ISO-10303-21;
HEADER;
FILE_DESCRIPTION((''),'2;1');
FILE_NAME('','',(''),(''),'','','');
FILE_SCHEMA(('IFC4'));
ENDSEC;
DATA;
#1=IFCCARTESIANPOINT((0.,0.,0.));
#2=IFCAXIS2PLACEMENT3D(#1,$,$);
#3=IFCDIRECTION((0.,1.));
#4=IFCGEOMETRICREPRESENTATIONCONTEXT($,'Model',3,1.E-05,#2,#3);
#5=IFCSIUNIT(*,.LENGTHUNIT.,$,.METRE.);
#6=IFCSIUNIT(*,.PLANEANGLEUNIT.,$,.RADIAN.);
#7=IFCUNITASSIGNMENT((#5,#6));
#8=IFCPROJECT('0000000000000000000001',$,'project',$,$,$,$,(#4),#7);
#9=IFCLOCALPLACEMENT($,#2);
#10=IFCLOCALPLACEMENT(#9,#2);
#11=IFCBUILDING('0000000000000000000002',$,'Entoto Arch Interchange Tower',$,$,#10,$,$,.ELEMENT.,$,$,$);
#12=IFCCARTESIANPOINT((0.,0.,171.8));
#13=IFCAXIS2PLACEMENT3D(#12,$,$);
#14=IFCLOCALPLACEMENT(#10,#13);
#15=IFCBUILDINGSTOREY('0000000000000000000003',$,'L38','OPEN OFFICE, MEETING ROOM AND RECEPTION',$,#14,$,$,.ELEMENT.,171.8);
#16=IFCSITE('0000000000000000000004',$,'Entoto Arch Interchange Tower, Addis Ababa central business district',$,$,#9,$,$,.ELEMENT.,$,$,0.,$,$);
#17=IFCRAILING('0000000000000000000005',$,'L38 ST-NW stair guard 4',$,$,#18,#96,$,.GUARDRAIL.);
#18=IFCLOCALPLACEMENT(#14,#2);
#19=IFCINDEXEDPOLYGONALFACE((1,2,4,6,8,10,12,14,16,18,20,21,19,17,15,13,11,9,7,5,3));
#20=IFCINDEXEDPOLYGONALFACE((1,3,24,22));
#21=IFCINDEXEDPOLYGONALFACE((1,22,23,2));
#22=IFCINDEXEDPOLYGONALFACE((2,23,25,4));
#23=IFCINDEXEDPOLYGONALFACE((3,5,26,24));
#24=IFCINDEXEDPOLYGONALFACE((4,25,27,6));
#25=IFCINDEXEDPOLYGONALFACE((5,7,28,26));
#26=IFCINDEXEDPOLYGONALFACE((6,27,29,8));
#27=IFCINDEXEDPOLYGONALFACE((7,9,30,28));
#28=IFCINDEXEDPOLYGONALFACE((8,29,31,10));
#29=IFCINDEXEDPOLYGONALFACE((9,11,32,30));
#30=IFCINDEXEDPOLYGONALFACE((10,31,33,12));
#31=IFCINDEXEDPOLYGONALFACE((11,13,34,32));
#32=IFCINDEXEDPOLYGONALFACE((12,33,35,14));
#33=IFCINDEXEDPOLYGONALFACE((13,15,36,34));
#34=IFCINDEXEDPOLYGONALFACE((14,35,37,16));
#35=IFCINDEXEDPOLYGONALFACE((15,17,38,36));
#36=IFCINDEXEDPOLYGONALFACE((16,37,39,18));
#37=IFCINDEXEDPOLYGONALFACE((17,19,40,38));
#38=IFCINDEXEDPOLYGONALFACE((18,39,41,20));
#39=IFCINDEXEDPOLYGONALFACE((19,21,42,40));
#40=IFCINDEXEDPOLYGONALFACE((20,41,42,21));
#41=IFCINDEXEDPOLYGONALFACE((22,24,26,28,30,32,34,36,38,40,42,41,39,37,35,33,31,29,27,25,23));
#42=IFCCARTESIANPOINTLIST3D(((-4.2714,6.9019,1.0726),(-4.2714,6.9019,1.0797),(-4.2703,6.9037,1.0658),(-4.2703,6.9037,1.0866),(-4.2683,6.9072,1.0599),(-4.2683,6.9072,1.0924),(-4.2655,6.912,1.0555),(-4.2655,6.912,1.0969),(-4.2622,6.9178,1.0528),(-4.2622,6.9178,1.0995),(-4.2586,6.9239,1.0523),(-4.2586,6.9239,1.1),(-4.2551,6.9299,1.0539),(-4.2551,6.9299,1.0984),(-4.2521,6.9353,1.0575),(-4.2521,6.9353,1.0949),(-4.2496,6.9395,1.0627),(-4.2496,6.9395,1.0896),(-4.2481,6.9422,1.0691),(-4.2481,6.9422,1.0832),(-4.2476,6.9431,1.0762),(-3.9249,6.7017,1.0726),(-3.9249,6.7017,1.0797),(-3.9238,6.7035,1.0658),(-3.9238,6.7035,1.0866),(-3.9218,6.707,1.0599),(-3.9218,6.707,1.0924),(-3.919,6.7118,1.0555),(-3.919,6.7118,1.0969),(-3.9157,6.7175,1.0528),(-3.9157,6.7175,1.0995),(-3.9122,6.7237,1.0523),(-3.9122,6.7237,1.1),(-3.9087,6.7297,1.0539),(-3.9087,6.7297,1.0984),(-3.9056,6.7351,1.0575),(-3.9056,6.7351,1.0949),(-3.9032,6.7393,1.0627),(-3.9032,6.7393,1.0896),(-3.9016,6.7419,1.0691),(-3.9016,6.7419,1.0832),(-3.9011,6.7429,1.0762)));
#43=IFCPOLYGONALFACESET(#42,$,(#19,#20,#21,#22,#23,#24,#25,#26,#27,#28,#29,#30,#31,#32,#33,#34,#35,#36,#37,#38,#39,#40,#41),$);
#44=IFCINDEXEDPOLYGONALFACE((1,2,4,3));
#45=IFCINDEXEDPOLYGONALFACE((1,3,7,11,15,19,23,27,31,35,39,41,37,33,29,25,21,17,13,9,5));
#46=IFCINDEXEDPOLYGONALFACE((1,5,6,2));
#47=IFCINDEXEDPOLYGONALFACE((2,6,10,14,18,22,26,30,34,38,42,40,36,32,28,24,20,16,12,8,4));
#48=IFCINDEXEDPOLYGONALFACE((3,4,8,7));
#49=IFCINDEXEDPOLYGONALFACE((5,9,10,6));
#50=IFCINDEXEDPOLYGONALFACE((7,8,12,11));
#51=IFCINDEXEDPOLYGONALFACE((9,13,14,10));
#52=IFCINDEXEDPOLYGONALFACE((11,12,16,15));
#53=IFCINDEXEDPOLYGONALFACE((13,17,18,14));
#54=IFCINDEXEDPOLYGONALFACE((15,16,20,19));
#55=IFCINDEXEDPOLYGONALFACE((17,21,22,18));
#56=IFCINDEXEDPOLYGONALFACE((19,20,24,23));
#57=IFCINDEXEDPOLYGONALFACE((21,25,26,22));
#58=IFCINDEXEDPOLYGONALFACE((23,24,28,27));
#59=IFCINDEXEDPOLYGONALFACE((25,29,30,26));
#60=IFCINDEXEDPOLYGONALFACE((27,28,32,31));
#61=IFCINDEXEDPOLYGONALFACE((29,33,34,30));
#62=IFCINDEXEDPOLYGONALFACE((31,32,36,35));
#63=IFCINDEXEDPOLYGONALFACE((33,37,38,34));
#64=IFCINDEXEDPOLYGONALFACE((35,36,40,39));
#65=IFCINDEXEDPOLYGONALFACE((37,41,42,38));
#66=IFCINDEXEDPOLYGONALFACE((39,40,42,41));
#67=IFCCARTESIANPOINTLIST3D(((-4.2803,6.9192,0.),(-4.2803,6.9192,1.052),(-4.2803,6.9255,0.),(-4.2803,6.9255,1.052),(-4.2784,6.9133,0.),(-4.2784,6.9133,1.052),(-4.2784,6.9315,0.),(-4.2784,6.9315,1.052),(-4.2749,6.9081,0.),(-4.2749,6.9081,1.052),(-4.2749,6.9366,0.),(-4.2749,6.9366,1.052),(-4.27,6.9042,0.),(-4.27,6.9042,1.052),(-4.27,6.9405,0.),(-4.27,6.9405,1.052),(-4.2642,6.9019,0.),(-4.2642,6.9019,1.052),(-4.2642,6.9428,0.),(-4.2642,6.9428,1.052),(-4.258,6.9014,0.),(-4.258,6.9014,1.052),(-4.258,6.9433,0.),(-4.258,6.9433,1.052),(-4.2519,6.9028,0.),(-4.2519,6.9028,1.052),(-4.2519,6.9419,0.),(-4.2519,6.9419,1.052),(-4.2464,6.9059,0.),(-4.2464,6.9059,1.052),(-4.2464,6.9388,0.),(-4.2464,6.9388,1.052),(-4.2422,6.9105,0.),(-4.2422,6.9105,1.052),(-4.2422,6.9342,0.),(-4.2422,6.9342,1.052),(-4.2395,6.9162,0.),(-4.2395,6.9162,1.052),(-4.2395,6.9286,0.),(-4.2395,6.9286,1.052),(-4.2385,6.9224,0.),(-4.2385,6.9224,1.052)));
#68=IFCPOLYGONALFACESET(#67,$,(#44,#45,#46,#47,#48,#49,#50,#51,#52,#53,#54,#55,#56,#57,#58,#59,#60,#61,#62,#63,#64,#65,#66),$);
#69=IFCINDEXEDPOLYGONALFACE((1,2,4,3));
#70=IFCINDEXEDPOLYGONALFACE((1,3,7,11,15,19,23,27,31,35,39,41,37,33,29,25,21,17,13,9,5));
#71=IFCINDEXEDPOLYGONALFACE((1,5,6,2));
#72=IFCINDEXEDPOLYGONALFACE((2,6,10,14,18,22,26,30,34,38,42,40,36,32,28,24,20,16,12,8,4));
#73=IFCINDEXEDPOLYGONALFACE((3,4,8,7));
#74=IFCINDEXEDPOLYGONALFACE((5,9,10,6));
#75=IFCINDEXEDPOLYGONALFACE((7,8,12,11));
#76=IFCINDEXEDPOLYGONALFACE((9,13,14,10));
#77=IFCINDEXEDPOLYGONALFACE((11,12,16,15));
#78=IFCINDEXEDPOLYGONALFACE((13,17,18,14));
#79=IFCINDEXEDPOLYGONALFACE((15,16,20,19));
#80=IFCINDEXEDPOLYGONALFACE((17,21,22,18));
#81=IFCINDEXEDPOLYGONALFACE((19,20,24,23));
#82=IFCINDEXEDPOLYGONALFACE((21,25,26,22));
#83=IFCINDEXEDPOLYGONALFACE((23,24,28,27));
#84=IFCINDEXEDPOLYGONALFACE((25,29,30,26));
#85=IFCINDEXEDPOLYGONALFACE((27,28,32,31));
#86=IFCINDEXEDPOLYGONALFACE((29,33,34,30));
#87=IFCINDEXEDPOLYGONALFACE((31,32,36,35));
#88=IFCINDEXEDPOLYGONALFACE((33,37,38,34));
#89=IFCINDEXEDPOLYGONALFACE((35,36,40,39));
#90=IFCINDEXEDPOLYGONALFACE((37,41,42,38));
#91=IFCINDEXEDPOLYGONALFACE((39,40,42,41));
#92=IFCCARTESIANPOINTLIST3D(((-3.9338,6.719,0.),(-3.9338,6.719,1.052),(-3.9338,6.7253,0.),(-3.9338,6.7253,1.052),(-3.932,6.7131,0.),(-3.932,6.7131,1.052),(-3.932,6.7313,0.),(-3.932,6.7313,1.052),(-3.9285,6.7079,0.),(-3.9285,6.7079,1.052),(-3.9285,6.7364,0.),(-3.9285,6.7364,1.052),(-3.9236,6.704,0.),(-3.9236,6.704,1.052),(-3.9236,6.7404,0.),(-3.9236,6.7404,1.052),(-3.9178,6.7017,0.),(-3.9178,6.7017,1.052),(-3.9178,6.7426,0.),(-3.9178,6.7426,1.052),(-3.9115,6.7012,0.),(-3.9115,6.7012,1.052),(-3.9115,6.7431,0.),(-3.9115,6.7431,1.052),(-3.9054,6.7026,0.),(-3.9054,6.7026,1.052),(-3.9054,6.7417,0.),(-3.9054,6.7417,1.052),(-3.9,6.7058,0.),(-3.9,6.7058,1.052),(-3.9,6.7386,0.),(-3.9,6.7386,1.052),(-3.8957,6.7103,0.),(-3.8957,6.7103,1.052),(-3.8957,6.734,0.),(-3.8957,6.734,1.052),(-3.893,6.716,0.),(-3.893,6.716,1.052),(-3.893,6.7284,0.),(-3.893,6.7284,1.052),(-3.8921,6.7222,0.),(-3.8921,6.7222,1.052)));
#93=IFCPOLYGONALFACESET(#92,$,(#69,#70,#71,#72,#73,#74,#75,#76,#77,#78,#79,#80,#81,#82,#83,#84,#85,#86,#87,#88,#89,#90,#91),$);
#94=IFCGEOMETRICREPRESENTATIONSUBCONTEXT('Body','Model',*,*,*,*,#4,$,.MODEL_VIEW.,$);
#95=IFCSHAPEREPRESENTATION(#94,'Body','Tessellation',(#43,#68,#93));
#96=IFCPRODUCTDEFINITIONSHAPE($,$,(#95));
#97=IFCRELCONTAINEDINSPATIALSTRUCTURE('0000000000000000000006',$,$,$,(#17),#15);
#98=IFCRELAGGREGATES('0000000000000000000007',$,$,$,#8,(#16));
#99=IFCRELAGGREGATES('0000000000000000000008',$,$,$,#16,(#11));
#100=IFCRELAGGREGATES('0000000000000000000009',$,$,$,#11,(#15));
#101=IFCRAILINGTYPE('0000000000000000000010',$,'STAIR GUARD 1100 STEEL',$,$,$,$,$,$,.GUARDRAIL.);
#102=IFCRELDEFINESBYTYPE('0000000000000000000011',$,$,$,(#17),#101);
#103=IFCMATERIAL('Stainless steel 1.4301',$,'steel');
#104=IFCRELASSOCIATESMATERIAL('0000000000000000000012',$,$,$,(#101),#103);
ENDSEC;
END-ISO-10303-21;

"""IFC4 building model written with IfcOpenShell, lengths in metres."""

from ifc_helpers import new_model, si_unit, direction, frame, origin, origin_2d, place, context, subcontext, project, spatial, circle, extrude, material, type_object, element, save


model = new_model("IFC4")

# Units and contexts
model_context = context("Model", 3, precision=1e-05, world=origin(), true_north=direction((0.0, 1.0)))
body_context = subcontext(model_context, "Body", "Model", "MODEL_VIEW")
ifc_project = project(units=[si_unit("LENGTHUNIT", "METRE"), si_unit("PLANEANGLEUNIT", "RADIAN")], contexts=[model_context])

# Site, building, storey
site_placement = place(None, origin())
site = spatial("IfcSite", under=ifc_project, at=site_placement, Name="Entoto Arch Interchange Tower, Addis Ababa central business district", CompositionType="ELEMENT", RefElevation=0.0)
building_placement = place(site_placement, origin())
building = spatial("IfcBuilding", under=site, at=building_placement, Name="Entoto Arch Interchange Tower", CompositionType="ELEMENT")
storey_placement = place(building_placement, frame((0.0, 0.0, 171.8)))
storey = spatial("IfcBuildingStorey", under=building, at=storey_placement, Name="L38", Description="OPEN OFFICE, MEETING ROOM AND RECEPTION", CompositionType="ELEMENT", Elevation=171.8)

# Railing
ifc_material_1 = material(Name="Stainless steel 1.4301", Category="steel")
railing_type_1 = type_object("IfcRailingType", Name="STAIR GUARD 1100 STEEL", PredefinedType="GUARDRAIL", material=ifc_material_1)
railing_1_placement = place(storey_placement, frame((-4.2595, 6.9224, 0.0)))
element("IfcRailing", 1, at=railing_1_placement, inside=storey, type_object=railing_type_1, Name="L38 ST-NW stair guard 4", PredefinedType="GUARDRAIL", context=body_context, shape_type="SweptSolid", body=[
    extrude(circle(Radius=0.0239, at=origin_2d()), frame((0.0, 0.0, 1.0762), z_axis=(0.86583, -0.500339, 0.0), x_axis=(0.500339, 0.86583, 0.0)), (0.0, 0.0, 1.0), 0.4001),
    extrude(circle(Radius=0.021, at=origin_2d()), origin(), (0.0, 0.0, 1.0), 1.052),
    extrude(circle(Radius=0.021, at=origin_2d()), frame((0.3464, -0.2002, 0.0)), (0.0, 0.0, 1.0), 1.052),
])

save(model, "model.ifc")
